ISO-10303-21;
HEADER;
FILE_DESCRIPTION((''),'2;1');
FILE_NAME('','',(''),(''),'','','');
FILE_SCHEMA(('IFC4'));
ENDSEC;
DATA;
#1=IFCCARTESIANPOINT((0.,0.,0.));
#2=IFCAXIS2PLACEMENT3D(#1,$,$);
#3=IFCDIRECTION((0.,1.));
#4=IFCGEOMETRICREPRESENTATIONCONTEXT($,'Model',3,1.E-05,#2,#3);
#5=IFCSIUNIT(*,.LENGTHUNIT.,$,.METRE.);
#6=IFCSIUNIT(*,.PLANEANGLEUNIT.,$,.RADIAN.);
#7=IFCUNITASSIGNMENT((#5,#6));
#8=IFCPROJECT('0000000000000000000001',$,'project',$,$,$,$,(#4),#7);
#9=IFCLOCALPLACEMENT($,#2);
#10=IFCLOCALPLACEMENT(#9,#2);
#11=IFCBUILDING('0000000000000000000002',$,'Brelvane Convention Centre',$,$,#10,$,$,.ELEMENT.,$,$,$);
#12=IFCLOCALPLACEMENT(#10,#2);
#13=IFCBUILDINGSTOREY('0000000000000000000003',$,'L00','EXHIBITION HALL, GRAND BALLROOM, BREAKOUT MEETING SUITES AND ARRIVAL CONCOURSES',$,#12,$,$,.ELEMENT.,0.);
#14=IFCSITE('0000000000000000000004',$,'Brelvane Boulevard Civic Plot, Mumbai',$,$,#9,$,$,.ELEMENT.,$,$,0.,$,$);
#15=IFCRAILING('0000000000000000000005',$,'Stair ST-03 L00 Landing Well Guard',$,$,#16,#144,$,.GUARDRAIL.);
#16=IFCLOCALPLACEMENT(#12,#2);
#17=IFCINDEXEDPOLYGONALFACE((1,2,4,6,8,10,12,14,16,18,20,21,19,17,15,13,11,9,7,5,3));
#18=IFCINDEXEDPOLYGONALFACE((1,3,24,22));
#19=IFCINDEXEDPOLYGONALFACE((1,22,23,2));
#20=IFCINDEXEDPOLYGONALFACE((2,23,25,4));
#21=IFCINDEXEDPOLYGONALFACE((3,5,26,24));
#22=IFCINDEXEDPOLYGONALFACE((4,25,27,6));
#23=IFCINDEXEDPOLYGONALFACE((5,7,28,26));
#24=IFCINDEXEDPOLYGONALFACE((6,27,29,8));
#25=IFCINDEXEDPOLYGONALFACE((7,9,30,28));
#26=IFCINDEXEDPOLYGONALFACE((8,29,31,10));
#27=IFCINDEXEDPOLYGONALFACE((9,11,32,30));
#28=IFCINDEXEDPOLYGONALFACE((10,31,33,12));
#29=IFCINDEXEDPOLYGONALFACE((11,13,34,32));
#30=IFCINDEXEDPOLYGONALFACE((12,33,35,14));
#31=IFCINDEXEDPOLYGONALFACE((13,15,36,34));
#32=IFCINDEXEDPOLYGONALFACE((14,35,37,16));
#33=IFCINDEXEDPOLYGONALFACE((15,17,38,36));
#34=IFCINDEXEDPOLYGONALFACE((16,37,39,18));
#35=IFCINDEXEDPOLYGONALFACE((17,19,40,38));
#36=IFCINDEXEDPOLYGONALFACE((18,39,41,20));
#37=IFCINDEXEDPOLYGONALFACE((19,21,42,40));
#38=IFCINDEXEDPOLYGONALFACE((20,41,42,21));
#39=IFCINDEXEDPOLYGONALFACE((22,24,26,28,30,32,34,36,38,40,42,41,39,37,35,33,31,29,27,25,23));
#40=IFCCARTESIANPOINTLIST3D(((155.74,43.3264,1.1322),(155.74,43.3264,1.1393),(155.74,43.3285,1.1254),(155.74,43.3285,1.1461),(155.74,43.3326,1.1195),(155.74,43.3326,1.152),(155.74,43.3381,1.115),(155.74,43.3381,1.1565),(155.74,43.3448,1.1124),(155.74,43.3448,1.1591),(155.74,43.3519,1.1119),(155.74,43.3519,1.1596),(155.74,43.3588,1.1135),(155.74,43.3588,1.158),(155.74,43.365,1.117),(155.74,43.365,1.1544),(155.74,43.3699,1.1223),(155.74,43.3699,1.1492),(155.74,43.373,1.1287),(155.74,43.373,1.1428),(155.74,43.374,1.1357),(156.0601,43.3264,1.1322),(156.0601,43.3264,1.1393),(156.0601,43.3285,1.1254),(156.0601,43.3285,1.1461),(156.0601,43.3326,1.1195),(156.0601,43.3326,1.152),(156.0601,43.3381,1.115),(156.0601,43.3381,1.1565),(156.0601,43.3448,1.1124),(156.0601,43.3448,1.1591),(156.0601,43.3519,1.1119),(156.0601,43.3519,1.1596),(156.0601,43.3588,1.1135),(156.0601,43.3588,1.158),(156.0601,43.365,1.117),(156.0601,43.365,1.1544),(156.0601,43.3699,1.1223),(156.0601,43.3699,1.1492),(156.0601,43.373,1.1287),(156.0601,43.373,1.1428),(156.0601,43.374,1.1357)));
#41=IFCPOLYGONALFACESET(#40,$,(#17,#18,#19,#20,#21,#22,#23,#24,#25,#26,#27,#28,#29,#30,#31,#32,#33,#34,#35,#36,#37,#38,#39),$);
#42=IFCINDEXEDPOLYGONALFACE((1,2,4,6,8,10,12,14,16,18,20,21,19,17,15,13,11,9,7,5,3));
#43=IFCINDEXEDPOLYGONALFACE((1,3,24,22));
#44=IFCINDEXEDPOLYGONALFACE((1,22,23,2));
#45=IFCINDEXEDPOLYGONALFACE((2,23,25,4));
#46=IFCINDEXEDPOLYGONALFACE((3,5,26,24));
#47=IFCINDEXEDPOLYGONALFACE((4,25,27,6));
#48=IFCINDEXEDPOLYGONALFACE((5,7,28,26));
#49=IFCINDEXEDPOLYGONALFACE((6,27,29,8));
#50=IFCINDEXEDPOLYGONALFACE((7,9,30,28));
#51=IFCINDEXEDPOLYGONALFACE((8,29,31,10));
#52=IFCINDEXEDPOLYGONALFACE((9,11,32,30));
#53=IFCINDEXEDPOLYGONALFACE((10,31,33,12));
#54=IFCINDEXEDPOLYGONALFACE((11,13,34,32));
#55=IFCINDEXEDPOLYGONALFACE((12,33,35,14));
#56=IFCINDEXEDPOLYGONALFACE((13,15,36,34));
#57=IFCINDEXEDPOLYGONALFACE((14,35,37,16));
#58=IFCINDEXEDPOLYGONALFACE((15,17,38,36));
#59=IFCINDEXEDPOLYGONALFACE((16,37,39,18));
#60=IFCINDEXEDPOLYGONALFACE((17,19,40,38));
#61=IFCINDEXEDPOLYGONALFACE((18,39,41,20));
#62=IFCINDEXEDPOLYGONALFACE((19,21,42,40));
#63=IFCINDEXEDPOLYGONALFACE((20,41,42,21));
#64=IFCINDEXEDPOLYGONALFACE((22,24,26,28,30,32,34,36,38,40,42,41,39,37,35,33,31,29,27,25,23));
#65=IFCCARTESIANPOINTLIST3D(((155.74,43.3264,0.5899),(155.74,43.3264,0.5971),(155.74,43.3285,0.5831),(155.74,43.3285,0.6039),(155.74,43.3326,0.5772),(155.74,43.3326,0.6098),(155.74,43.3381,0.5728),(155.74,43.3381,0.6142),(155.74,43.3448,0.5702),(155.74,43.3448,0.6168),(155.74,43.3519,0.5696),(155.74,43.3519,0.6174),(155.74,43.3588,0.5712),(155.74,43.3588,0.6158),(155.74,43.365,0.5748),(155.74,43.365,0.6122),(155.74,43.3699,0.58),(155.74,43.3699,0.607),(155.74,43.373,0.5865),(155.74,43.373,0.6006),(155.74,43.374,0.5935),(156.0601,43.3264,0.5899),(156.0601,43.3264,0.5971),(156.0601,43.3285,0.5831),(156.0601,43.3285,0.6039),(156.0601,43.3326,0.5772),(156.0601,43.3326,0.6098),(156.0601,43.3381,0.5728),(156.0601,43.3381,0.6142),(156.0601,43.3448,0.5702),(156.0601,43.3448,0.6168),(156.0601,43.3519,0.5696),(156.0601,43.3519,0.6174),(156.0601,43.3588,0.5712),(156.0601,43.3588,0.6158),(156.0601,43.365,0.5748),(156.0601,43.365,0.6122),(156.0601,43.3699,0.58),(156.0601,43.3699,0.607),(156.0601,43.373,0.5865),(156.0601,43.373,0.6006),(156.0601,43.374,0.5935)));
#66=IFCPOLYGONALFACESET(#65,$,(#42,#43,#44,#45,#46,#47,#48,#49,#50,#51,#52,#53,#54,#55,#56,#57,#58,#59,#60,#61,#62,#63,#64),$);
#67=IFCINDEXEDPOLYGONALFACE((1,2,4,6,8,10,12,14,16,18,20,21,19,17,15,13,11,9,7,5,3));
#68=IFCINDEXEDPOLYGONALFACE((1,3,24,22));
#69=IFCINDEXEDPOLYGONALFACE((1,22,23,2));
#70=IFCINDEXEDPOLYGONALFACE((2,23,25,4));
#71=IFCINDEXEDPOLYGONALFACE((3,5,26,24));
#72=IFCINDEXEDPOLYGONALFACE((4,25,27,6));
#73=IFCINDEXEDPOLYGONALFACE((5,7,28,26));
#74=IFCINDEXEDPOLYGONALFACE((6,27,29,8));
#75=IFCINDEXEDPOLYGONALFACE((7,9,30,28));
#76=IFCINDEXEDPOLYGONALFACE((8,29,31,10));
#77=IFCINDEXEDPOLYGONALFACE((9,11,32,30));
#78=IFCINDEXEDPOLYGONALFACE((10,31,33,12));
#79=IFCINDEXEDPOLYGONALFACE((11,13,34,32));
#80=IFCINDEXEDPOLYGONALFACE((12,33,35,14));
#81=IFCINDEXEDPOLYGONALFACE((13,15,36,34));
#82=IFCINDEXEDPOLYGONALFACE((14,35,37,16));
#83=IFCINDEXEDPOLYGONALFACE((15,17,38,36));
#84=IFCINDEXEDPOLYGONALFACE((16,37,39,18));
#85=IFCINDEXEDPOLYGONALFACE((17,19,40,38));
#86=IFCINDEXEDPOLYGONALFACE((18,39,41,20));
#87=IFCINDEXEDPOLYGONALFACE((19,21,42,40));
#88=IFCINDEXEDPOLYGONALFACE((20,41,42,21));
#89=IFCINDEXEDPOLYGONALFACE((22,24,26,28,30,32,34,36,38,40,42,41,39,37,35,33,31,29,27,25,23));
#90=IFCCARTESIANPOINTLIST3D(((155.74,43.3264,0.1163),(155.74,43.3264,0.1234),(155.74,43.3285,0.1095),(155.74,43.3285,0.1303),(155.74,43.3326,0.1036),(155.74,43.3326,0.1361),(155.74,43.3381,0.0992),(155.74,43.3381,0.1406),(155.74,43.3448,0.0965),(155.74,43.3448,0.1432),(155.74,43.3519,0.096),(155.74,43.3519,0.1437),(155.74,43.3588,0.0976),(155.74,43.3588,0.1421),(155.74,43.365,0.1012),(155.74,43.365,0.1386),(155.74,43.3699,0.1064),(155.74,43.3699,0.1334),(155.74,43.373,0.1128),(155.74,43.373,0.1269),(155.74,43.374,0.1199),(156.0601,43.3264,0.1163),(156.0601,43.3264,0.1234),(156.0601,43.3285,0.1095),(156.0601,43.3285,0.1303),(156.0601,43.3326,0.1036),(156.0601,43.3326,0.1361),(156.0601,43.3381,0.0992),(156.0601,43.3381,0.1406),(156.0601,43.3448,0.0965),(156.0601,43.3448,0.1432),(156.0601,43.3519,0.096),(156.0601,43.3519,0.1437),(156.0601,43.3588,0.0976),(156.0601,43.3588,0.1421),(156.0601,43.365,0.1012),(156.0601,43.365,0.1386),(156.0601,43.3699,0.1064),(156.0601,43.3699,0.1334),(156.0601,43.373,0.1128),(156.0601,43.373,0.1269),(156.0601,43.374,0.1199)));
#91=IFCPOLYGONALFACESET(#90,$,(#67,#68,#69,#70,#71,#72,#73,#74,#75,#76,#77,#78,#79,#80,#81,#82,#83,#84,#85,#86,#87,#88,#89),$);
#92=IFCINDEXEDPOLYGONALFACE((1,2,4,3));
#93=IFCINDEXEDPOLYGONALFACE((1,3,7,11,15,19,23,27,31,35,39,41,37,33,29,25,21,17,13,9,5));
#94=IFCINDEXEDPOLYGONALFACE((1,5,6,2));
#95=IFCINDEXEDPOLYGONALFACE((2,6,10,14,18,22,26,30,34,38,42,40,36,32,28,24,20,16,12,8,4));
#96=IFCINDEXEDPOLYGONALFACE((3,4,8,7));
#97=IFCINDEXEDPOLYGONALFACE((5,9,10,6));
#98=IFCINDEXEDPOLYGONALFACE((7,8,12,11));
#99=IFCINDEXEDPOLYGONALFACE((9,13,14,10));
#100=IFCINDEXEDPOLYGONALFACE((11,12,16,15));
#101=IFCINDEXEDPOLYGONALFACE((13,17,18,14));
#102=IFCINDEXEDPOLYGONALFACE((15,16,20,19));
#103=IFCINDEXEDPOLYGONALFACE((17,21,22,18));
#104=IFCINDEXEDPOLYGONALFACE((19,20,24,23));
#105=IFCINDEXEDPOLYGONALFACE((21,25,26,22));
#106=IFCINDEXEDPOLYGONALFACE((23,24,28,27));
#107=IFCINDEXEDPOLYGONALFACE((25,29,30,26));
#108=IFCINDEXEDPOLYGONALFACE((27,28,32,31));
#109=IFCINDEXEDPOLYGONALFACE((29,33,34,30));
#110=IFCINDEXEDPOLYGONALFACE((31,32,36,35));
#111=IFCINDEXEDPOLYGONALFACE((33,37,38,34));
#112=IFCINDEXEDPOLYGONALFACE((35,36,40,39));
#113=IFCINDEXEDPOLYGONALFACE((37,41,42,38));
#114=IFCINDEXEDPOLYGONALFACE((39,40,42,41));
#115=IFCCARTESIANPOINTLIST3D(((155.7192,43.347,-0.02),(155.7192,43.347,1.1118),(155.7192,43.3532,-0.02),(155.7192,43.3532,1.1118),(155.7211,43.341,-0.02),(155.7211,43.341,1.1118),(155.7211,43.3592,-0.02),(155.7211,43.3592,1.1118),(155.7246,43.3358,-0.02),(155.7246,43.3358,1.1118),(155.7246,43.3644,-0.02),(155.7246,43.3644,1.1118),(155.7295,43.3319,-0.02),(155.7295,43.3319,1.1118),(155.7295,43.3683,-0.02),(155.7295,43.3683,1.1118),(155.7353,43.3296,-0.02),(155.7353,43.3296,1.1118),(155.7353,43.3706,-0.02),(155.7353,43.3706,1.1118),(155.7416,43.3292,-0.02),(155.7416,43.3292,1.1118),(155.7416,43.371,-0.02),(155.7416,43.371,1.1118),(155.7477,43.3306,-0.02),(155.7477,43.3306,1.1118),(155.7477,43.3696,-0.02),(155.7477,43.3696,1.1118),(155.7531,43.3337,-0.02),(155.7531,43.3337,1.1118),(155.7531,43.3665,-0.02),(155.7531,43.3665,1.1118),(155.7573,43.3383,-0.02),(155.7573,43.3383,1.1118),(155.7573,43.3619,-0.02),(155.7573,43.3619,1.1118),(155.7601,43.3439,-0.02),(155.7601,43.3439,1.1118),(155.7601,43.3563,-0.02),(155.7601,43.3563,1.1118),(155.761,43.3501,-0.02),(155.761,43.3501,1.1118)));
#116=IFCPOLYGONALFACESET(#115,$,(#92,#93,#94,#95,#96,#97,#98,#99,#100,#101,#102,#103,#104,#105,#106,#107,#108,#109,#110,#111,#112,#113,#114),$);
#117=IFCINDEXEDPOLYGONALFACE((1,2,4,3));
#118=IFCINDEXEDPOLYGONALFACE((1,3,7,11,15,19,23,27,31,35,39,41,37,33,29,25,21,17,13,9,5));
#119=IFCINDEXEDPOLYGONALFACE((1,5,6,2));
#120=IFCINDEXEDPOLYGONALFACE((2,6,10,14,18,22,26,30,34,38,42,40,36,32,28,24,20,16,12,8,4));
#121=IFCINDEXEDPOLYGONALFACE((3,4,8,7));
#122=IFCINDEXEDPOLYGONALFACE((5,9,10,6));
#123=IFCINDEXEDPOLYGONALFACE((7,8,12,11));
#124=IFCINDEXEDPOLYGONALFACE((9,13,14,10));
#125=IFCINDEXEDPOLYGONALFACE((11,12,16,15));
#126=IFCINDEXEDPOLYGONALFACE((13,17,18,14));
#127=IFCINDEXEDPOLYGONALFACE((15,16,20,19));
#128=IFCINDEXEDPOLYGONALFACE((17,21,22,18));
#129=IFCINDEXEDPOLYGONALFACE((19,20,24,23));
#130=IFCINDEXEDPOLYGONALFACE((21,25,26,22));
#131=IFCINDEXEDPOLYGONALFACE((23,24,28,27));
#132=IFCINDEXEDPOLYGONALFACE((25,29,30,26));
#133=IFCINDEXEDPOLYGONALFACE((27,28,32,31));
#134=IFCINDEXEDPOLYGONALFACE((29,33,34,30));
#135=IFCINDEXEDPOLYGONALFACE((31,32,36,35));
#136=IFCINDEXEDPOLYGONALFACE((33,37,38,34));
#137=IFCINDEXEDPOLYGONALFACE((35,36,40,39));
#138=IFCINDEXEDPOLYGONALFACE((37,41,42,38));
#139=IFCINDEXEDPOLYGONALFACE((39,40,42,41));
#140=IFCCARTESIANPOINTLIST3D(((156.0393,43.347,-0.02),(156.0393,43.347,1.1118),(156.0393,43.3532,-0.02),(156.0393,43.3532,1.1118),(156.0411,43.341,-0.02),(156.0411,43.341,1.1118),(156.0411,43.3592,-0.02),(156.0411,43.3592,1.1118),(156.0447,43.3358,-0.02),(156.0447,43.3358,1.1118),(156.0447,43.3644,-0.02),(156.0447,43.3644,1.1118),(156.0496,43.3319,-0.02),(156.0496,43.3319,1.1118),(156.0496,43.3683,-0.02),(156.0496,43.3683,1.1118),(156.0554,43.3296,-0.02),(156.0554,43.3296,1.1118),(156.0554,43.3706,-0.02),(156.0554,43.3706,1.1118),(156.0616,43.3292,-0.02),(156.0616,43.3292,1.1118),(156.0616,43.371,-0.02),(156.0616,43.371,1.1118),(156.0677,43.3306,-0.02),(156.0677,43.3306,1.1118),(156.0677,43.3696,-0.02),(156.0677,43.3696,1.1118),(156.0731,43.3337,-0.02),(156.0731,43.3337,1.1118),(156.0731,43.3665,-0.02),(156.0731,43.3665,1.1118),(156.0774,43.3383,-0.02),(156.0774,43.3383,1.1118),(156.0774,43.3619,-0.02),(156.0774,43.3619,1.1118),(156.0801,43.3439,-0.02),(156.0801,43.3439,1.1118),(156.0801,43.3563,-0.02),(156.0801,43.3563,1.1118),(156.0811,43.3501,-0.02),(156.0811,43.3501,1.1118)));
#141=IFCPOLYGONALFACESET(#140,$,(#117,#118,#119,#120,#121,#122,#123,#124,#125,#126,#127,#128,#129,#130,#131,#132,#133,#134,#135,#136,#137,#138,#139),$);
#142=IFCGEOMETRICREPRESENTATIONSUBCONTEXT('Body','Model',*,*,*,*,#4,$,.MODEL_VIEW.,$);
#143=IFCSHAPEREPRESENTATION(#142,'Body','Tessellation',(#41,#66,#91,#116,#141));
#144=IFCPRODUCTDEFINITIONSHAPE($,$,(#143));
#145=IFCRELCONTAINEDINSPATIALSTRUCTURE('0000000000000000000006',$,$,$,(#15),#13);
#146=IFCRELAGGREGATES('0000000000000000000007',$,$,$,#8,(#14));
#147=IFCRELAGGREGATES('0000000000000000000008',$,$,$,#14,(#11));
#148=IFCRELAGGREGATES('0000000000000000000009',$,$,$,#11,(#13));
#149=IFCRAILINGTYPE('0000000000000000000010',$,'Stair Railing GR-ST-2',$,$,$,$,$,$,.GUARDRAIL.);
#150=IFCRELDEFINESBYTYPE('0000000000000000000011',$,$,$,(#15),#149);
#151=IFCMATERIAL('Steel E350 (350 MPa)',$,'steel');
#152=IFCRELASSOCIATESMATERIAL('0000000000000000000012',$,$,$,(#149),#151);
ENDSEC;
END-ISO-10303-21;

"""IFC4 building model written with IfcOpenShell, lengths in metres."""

from ifc_helpers import new_model, si_unit, direction, frame, origin, origin_2d, place, context, subcontext, project, spatial, circle, extrude, material, type_object, element, save


model = new_model("IFC4")

# Units and contexts
model_context = context("Model", 3, precision=1e-05, world=origin(), true_north=direction((0.0, 1.0)))
body_context = subcontext(model_context, "Body", "Model", "MODEL_VIEW")
ifc_project = project(units=[si_unit("LENGTHUNIT", "METRE"), si_unit("PLANEANGLEUNIT", "RADIAN")], contexts=[model_context])

# Site, building, storey
site_placement = place(None, origin())
site = spatial("IfcSite", under=ifc_project, at=site_placement, Name="Brelvane Boulevard Civic Plot, Mumbai", CompositionType="ELEMENT", RefElevation=0.0)
building_placement = place(site_placement, origin())
building = spatial("IfcBuilding", under=site, at=building_placement, Name="Brelvane Convention Centre", CompositionType="ELEMENT")
storey_placement = place(building_placement, origin())
storey = spatial("IfcBuildingStorey", under=building, at=storey_placement, Name="L00", Description="EXHIBITION HALL, GRAND BALLROOM, BREAKOUT MEETING SUITES AND ARRIVAL CONCOURSES", CompositionType="ELEMENT", Elevation=0.0)

# Railing
ifc_material_1 = material(Name="Steel E350 (350 MPa)", Category="steel")
railing_type_1 = type_object("IfcRailingType", Name="Stair Railing GR-ST-2", PredefinedType="GUARDRAIL", material=ifc_material_1)
railing_1_placement = place(storey_placement, frame((155.74, 43.3501, -0.02)))
element("IfcRailing", 1, at=railing_1_placement, inside=storey, type_object=railing_type_1, Name="Stair ST-03 L00 Landing Well Guard", PredefinedType="GUARDRAIL", context=body_context, shape_type="SweptSolid", body=[
    extrude(circle(Radius=0.0239, at=origin_2d()), frame((0.0, 0.0, 1.1558), z_axis=(1.0, 0.0, 0.0), x_axis=(0.0, 1.0, 0.0)), (0.0, 0.0, 1.0), 0.3201),
    extrude(circle(Radius=0.0239, at=origin_2d()), frame((0.0, 0.0, 0.6135), z_axis=(1.0, 0.0, 0.0), x_axis=(0.0, 1.0, 0.0)), (0.0, 0.0, 1.0), 0.3201),
    extrude(circle(Radius=0.0239, at=origin_2d()), frame((0.0, 0.0, 0.1399), z_axis=(1.0, 0.0, 0.0), x_axis=(0.0, 1.0, 0.0)), (0.0, 0.0, 1.0), 0.3201),
    extrude(circle(Radius=0.021, at=origin_2d()), origin(), (0.0, 0.0, 1.0), 1.1318),
    extrude(circle(Radius=0.021, at=origin_2d()), frame((0.3201, 0.0, 0.0)), (0.0, 0.0, 1.0), 1.1318),
])

save(model, "model.ifc")
